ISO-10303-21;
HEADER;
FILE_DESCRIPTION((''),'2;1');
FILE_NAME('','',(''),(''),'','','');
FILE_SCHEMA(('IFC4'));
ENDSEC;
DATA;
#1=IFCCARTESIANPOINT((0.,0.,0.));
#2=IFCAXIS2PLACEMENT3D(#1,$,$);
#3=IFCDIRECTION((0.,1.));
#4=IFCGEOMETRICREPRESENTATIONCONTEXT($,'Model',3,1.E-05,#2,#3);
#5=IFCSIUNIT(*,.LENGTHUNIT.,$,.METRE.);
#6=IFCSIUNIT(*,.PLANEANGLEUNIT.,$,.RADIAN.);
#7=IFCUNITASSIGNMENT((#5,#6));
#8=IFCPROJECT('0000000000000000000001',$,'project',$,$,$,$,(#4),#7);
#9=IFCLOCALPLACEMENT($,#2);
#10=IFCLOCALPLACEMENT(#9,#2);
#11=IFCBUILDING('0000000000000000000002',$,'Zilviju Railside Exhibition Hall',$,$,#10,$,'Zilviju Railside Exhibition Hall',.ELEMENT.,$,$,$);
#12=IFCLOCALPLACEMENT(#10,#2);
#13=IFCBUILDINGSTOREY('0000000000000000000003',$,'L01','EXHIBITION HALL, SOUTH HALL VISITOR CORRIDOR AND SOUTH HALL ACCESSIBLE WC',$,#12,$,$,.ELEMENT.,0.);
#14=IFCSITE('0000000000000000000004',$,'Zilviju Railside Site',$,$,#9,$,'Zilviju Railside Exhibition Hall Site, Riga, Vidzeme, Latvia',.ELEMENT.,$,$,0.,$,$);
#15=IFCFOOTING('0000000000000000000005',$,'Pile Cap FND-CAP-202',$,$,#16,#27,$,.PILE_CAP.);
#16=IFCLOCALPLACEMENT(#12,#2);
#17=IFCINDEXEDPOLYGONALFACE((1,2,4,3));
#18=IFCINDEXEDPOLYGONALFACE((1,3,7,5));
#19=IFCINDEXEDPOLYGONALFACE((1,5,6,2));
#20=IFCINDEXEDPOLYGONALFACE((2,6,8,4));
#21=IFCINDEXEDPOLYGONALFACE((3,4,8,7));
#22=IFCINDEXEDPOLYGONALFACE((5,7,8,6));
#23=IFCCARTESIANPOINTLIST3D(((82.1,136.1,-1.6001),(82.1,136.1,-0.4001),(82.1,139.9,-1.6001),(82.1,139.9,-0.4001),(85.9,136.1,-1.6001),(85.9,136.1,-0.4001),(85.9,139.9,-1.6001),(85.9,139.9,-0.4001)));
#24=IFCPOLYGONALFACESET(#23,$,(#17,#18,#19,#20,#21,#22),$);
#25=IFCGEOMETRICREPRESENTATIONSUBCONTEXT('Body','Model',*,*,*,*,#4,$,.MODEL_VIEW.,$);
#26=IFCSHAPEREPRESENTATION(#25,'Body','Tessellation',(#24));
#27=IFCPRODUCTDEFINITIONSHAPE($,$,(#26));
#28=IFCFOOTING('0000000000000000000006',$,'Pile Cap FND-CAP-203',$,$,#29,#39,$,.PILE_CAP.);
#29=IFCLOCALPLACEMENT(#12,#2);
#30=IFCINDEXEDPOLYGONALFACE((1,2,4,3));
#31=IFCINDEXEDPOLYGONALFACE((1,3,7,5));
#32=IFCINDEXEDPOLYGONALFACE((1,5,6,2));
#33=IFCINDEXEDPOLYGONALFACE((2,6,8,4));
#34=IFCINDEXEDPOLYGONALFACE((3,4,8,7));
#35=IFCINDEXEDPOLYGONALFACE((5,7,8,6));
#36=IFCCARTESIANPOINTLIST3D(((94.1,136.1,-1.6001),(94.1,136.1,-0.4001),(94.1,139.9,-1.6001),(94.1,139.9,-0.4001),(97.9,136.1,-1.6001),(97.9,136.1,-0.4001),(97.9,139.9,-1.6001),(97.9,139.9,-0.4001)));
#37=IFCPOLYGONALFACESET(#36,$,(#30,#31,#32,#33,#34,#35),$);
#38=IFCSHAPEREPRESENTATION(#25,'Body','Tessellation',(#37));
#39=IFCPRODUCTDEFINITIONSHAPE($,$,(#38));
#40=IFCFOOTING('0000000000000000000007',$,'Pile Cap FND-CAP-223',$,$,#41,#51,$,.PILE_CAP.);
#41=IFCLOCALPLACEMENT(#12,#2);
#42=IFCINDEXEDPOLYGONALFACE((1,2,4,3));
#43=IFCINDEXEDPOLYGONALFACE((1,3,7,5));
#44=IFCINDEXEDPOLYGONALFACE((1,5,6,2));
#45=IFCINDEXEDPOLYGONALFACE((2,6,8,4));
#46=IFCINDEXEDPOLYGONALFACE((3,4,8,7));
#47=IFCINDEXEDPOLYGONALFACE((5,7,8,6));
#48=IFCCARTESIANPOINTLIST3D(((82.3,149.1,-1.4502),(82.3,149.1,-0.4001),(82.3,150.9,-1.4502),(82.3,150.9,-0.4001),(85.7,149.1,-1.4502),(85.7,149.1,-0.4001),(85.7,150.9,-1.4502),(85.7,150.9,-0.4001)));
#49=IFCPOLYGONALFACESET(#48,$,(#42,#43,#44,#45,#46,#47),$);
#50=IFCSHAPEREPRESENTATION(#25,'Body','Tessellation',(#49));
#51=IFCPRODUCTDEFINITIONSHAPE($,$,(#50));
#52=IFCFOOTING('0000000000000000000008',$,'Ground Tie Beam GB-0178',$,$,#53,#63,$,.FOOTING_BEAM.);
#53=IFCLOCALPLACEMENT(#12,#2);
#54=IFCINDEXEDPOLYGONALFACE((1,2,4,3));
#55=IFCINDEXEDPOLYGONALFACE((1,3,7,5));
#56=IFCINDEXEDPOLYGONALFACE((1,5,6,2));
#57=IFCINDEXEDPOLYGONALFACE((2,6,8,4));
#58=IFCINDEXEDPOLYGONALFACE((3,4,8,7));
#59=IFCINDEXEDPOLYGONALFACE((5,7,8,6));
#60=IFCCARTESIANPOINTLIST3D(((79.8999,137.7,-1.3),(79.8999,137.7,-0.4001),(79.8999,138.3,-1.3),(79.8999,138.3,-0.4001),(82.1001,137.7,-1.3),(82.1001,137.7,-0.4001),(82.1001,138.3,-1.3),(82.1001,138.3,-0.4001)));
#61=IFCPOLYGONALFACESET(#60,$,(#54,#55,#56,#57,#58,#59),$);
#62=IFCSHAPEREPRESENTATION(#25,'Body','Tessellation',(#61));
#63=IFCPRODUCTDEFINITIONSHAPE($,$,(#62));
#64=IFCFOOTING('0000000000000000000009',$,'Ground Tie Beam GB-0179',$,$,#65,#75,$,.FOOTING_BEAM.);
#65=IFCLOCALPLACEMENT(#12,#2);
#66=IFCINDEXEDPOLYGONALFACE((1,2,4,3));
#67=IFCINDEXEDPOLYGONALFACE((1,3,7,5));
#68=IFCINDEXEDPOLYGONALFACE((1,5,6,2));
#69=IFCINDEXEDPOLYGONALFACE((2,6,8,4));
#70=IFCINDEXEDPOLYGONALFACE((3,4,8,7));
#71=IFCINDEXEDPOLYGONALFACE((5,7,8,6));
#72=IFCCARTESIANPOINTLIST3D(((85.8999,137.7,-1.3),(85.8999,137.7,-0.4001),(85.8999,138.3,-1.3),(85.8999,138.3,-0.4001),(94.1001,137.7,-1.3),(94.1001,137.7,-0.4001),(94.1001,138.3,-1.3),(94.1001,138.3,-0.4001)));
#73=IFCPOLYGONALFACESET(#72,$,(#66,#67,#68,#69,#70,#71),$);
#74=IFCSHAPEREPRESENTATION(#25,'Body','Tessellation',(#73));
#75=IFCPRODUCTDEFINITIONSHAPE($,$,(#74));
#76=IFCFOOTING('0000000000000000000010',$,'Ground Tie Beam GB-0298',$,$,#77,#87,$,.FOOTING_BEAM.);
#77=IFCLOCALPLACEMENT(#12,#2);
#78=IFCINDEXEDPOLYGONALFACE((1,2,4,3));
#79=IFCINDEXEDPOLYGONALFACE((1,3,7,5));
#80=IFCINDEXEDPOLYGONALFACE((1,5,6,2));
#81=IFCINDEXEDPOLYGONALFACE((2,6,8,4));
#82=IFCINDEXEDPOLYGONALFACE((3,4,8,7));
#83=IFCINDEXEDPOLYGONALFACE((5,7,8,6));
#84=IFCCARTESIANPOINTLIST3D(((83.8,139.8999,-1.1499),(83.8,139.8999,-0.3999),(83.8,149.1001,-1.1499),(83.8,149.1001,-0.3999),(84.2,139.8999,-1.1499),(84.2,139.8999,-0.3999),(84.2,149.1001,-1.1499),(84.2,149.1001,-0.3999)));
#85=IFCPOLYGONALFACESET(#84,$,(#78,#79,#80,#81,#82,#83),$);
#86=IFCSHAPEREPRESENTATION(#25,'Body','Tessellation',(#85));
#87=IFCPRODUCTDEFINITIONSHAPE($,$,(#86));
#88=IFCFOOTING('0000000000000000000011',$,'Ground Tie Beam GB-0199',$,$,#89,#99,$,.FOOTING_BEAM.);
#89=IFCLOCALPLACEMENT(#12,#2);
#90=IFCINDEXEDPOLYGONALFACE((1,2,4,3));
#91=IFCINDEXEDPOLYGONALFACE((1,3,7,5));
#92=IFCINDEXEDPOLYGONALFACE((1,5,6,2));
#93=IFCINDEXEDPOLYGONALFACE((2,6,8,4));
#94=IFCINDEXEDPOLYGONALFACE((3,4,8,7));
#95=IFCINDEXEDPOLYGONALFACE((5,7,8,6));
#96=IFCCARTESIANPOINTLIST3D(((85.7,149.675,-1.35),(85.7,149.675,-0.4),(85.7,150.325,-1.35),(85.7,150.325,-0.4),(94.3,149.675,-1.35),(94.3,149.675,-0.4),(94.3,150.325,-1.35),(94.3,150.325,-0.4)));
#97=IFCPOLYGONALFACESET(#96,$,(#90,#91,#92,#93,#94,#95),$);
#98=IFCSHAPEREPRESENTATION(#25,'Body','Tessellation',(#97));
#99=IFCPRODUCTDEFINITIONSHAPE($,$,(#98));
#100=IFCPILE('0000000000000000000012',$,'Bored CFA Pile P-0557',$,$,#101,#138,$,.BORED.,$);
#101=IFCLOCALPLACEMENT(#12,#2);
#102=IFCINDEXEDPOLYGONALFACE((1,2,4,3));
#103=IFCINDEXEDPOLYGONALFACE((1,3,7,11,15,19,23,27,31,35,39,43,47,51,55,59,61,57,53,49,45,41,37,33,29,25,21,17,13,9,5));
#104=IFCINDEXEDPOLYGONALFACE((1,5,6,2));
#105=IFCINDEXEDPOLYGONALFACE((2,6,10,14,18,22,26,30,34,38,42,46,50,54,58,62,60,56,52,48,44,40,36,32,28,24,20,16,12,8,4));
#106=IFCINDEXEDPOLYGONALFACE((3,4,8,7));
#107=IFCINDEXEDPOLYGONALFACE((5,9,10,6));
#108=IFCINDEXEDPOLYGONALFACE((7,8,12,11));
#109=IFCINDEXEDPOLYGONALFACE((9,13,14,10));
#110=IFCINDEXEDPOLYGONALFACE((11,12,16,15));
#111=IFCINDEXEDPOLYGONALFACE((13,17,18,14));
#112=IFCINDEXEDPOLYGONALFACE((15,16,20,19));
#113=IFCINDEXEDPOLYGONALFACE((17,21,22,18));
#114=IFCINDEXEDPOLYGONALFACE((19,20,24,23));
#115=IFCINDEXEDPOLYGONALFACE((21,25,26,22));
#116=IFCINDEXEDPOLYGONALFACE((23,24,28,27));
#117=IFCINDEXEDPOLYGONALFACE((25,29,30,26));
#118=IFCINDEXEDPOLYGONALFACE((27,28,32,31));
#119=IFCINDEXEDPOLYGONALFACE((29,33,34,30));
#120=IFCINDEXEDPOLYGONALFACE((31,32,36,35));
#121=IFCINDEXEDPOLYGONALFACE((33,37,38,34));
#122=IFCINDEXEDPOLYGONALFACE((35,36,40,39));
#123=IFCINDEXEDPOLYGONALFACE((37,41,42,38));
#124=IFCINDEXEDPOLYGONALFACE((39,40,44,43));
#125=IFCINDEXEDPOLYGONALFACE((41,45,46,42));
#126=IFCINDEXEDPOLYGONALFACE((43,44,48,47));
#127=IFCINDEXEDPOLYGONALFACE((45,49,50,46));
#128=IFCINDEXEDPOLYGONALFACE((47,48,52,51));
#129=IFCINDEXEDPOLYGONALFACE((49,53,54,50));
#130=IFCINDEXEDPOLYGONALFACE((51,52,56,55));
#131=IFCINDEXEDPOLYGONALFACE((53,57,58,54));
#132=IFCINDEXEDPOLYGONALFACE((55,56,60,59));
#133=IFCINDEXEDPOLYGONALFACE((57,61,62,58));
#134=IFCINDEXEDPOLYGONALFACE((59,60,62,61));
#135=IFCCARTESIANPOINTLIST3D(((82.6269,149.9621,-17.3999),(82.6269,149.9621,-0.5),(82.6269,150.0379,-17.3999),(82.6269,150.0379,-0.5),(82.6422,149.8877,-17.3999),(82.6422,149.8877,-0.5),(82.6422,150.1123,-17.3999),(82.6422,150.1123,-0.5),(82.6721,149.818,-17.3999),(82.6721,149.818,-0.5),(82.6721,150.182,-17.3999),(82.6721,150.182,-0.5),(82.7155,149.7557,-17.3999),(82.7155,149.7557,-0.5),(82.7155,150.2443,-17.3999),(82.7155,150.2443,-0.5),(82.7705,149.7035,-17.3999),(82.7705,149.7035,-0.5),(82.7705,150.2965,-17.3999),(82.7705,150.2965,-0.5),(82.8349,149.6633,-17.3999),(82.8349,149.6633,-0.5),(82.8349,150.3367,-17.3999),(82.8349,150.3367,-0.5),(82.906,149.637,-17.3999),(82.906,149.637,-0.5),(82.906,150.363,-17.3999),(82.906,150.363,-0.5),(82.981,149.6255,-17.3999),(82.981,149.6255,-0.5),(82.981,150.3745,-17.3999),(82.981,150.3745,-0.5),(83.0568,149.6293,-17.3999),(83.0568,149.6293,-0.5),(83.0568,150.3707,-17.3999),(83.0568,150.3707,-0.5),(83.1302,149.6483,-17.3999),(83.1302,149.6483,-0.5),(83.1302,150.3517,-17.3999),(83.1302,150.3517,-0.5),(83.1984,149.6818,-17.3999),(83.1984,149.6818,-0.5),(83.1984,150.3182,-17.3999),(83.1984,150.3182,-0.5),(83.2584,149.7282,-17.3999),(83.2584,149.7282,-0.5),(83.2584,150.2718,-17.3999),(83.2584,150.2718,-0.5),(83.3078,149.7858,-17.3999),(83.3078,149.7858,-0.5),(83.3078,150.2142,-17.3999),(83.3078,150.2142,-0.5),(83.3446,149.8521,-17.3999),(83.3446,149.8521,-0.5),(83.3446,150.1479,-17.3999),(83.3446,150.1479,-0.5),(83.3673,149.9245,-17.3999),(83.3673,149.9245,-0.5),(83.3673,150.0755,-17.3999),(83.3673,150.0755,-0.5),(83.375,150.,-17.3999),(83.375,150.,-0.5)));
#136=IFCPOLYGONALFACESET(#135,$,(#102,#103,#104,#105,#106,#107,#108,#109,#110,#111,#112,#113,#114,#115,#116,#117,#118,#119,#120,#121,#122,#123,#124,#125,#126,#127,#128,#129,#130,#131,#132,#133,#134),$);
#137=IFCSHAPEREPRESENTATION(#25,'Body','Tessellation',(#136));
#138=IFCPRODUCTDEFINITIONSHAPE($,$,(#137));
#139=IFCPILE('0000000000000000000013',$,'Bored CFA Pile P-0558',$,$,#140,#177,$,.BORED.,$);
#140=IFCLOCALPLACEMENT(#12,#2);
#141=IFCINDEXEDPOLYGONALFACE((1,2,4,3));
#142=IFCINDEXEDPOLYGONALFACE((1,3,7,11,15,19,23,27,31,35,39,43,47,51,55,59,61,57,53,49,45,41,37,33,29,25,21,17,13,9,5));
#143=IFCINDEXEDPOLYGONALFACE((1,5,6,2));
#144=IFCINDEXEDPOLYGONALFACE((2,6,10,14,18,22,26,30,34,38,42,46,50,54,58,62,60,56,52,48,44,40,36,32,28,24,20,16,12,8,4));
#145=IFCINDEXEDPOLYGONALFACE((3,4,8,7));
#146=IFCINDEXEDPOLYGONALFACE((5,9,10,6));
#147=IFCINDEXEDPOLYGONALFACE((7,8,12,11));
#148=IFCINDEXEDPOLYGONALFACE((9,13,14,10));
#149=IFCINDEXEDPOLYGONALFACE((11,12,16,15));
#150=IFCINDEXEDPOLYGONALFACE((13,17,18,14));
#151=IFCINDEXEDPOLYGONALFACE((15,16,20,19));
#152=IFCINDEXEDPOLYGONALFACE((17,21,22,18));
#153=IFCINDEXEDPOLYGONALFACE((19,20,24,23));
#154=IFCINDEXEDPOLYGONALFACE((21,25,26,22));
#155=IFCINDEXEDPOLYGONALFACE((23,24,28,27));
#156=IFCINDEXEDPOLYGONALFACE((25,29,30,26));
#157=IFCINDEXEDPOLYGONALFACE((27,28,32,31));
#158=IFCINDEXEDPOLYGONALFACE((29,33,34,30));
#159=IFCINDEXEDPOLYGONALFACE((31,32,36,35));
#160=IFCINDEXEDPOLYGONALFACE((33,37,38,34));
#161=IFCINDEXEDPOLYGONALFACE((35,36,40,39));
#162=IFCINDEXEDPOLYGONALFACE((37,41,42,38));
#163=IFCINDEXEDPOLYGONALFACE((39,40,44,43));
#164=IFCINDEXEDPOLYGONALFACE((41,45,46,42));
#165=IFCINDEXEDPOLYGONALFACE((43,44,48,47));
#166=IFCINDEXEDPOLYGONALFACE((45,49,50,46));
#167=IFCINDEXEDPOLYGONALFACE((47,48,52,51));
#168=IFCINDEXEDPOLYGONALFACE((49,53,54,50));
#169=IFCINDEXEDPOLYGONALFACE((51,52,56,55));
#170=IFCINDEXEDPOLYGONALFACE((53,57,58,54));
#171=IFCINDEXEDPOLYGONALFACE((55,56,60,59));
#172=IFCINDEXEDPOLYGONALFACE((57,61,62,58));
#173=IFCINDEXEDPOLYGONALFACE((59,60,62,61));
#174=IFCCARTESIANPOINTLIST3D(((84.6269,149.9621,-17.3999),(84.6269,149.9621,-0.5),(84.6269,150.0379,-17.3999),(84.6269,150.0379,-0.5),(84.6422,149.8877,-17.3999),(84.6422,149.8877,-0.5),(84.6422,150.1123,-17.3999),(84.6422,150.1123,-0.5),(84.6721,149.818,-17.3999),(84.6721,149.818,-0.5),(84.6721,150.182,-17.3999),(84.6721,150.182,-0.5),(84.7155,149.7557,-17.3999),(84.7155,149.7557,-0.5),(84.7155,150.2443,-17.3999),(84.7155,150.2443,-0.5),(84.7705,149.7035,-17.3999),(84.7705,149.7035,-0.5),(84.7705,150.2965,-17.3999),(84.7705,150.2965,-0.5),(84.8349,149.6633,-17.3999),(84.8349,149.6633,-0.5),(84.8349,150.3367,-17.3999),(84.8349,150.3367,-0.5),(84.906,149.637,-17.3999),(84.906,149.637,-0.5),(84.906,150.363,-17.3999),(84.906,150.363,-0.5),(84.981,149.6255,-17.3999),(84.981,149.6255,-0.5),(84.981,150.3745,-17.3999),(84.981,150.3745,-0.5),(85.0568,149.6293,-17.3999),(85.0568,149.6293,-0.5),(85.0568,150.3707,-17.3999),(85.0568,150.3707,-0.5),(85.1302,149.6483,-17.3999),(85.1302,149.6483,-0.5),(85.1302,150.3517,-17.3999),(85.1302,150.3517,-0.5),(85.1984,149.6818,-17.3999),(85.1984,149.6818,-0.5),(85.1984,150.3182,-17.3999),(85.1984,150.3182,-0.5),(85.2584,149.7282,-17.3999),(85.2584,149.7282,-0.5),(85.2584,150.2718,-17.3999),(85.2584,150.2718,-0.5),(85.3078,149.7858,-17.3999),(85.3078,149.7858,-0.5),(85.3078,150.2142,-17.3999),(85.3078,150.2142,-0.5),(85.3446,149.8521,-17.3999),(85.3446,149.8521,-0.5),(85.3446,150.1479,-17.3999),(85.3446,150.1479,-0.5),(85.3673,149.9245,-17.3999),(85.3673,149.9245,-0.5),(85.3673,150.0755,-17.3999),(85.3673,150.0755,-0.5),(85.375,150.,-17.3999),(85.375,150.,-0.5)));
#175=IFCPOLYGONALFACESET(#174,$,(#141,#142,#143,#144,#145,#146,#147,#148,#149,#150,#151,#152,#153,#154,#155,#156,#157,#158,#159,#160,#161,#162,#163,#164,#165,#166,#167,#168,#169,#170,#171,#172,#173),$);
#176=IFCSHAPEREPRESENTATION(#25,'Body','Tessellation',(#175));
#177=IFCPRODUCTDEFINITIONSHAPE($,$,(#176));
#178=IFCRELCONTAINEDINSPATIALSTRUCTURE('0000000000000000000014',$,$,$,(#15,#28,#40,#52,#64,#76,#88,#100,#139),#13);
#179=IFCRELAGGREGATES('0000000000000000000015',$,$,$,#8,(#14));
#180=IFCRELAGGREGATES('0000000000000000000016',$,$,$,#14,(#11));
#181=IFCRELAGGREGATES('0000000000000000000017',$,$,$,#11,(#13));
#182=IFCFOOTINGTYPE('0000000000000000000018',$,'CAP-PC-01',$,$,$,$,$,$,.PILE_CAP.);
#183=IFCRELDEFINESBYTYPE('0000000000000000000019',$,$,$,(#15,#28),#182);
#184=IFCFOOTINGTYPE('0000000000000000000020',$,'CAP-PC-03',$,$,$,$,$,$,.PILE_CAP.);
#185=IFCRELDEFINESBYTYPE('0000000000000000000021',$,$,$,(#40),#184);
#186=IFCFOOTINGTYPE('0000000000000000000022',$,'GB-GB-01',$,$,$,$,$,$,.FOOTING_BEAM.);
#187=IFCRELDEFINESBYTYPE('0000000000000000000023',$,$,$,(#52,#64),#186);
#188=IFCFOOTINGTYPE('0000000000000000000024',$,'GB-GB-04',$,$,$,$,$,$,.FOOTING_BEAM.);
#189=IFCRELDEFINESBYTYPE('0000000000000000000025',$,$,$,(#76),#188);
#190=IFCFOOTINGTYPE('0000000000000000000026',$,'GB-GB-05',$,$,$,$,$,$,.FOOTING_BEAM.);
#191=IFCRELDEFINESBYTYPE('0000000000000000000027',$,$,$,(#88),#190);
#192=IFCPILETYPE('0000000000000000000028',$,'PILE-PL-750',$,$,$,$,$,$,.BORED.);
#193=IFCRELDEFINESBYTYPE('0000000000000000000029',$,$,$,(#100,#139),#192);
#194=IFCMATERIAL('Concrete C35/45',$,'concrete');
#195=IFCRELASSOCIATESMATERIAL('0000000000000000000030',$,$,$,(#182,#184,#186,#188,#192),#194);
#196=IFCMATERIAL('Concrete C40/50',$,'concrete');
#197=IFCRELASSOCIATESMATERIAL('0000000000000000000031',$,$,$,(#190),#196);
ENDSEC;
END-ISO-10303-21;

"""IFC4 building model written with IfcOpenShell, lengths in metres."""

from ifc_helpers import new_model, si_unit, direction, frame, origin, origin_2d, place, context, subcontext, project, spatial, rectangle, circle, extrude, material, material_profile, profile_set, type_object, element, save


model = new_model("IFC4")

# Units and contexts
model_context = context("Model", 3, precision=1e-05, world=origin(), true_north=direction((0.0, 1.0)))
body_context = subcontext(model_context, "Body", "Model", "MODEL_VIEW")
ifc_project = project(units=[si_unit("LENGTHUNIT", "METRE"), si_unit("PLANEANGLEUNIT", "RADIAN")], contexts=[model_context])

# Site, building, storey
site_placement = place(None, origin())
site = spatial("IfcSite", under=ifc_project, at=site_placement, Name="Zilviju Railside Site", LongName="Zilviju Railside Exhibition Hall Site, Riga, Vidzeme, Latvia", CompositionType="ELEMENT", RefElevation=0.0)
building_placement = place(site_placement, origin())
building = spatial("IfcBuilding", under=site, at=building_placement, Name="Zilviju Railside Exhibition Hall", LongName="Zilviju Railside Exhibition Hall", CompositionType="ELEMENT")
storey_placement = place(building_placement, origin())
storey = spatial("IfcBuildingStorey", under=building, at=storey_placement, Name="L01", Description="EXHIBITION HALL, SOUTH HALL VISITOR CORRIDOR AND SOUTH HALL ACCESSIBLE WC", CompositionType="ELEMENT", Elevation=0.0)

# Footings
ifc_material_1 = material(Name="Concrete C35/45", Category="concrete")
footing_type_1 = type_object("IfcFootingType", Name="CAP-PC-01", PredefinedType="PILE_CAP", material=ifc_material_1)
for number, where, z_axis, x_axis, name in (
    (1, (84.0, 138.0, -1.6001), (0.0, 0.0, 1.0), (1.0, 0.0, 0.0), "Pile Cap FND-CAP-202"),
    (2, (96.0, 138.0, -1.6001), (0.0, 0.0, 1.0), (1.0, 0.0, 0.0), "Pile Cap FND-CAP-203"),
):
    element("IfcFooting", number, at=place(storey_placement, frame(where, z_axis=z_axis, x_axis=x_axis)), inside=storey, type_object=footing_type_1, Name=name, PredefinedType="PILE_CAP", context=body_context, shape_type="SweptSolid", body=[
        extrude(rectangle(XDim=3.8, YDim=3.8, at=origin_2d()), origin(), (0.0, 0.0, 1.0), 1.2),
    ])
footing_type_2 = type_object("IfcFootingType", Name="CAP-PC-03", PredefinedType="PILE_CAP", material=ifc_material_1)
footing_1_placement = place(storey_placement, frame((84.0, 150.0, -1.4502), z_axis=(0.0, 0.0, 1.0), x_axis=(1.0, 0.0, 0.0)))
element("IfcFooting", 3, at=footing_1_placement, inside=storey, type_object=footing_type_2, Name="Pile Cap FND-CAP-223", PredefinedType="PILE_CAP", context=body_context, shape_type="SweptSolid", body=[
    extrude(rectangle(XDim=3.3999, YDim=1.8, at=origin_2d()), origin(), (0.0, 0.0, 1.0), 1.05),
])
ifc_material_profile_1 = material_profile(ifc_material_1, rectangle(XDim=0.6001, YDim=0.8999, at=origin_2d()), Name="TIE BEAM 600x900")
ifc_profile_set_1 = profile_set([ifc_material_profile_1], Name="Concrete C35/45")
footing_type_3 = type_object("IfcFootingType", Name="GB-GB-01", PredefinedType="FOOTING_BEAM", material=ifc_profile_set_1)
footing_2_placement = place(storey_placement, frame((79.8999, 138.0, -0.8501), z_axis=(1.0, 0.0, 0.0), x_axis=(0.0, 1.0, 0.0)))
element("IfcFooting", 4, at=footing_2_placement, inside=storey, type_object=footing_type_3, Name="Ground Tie Beam GB-0178", PredefinedType="FOOTING_BEAM", context=body_context, shape_type="SweptSolid", body=[
    extrude(rectangle(XDim=0.6001, YDim=0.8999, at=origin_2d()), origin(), (0.0, 0.0, 1.0), 2.2002),
])
footing_3_placement = place(storey_placement, frame((85.8999, 138.0, -0.8501), z_axis=(1.0, 0.0, 0.0), x_axis=(0.0, 1.0, 0.0)))
element("IfcFooting", 5, at=footing_3_placement, inside=storey, type_object=footing_type_3, Name="Ground Tie Beam GB-0179", PredefinedType="FOOTING_BEAM", context=body_context, shape_type="SweptSolid", body=[
    extrude(rectangle(XDim=0.6001, YDim=0.8999, at=origin_2d()), origin(), (0.0, 0.0, 1.0), 8.2002),
])
ifc_material_profile_2 = material_profile(ifc_material_1, rectangle(XDim=0.3999, YDim=0.75, at=origin_2d()), Name="TIE BEAM 400x750")
ifc_profile_set_2 = profile_set([ifc_material_profile_2], Name="Concrete C35/45")
footing_type_4 = type_object("IfcFootingType", Name="GB-GB-04", PredefinedType="FOOTING_BEAM", material=ifc_profile_set_2)
footing_4_placement = place(storey_placement, frame((84.0, 139.8999, -0.7749), z_axis=(0.0, 1.0, 0.0), x_axis=(-1.0, 0.0, 0.0)))
element("IfcFooting", 6, at=footing_4_placement, inside=storey, type_object=footing_type_4, Name="Ground Tie Beam GB-0298", PredefinedType="FOOTING_BEAM", context=body_context, shape_type="SweptSolid", body=[
    extrude(rectangle(XDim=0.3999, YDim=0.75, at=origin_2d()), origin(), (0.0, 0.0, 1.0), 9.2002),
])
ifc_material_2 = material(Name="Concrete C40/50", Category="concrete")
ifc_material_profile_3 = material_profile(ifc_material_2, rectangle(XDim=0.6499, YDim=0.95, at=origin_2d()), Name="TIE BEAM 650x950")
ifc_profile_set_3 = profile_set([ifc_material_profile_3], Name="Concrete C40/50")
footing_type_5 = type_object("IfcFootingType", Name="GB-GB-05", PredefinedType="FOOTING_BEAM", material=ifc_profile_set_3)
footing_5_placement = place(storey_placement, frame((85.7, 150.0, -0.875), z_axis=(1.0, 0.0, 0.0), x_axis=(0.0, 1.0, 0.0)))
element("IfcFooting", 7, at=footing_5_placement, inside=storey, type_object=footing_type_5, Name="Ground Tie Beam GB-0199", PredefinedType="FOOTING_BEAM", context=body_context, shape_type="SweptSolid", body=[
    extrude(rectangle(XDim=0.6499, YDim=0.95, at=origin_2d()), origin(), (0.0, 0.0, 1.0), 8.6001),
])

# Piles
ifc_material_profile_4 = material_profile(ifc_material_1, circle(Radius=0.375, at=origin_2d()), Name="CFA PILE D750")
ifc_profile_set_4 = profile_set([ifc_material_profile_4], Name="Concrete C35/45")
pile_type_1 = type_object("IfcPileType", Name="PILE-PL-750", PredefinedType="BORED", material=ifc_profile_set_4)
for number, where, z_axis, x_axis, name in (
    (8, (83.0, 150.0, -0.5), (0.0, 0.0, -1.0), (1.0, 0.0, 0.0), "Bored CFA Pile P-0557"),
    (9, (85.0, 150.0, -0.5), (0.0, 0.0, -1.0), (1.0, 0.0, 0.0), "Bored CFA Pile P-0558"),
):
    element("IfcPile", number, at=place(storey_placement, frame(where, z_axis=z_axis, x_axis=x_axis)), inside=storey, type_object=pile_type_1, Name=name, PredefinedType="BORED", context=body_context, shape_type="SweptSolid", body=[
        extrude(circle(Radius=0.375, at=origin_2d()), origin(), (0.0, 0.0, 1.0), 16.8999),
    ])

save(model, "model.ifc")
